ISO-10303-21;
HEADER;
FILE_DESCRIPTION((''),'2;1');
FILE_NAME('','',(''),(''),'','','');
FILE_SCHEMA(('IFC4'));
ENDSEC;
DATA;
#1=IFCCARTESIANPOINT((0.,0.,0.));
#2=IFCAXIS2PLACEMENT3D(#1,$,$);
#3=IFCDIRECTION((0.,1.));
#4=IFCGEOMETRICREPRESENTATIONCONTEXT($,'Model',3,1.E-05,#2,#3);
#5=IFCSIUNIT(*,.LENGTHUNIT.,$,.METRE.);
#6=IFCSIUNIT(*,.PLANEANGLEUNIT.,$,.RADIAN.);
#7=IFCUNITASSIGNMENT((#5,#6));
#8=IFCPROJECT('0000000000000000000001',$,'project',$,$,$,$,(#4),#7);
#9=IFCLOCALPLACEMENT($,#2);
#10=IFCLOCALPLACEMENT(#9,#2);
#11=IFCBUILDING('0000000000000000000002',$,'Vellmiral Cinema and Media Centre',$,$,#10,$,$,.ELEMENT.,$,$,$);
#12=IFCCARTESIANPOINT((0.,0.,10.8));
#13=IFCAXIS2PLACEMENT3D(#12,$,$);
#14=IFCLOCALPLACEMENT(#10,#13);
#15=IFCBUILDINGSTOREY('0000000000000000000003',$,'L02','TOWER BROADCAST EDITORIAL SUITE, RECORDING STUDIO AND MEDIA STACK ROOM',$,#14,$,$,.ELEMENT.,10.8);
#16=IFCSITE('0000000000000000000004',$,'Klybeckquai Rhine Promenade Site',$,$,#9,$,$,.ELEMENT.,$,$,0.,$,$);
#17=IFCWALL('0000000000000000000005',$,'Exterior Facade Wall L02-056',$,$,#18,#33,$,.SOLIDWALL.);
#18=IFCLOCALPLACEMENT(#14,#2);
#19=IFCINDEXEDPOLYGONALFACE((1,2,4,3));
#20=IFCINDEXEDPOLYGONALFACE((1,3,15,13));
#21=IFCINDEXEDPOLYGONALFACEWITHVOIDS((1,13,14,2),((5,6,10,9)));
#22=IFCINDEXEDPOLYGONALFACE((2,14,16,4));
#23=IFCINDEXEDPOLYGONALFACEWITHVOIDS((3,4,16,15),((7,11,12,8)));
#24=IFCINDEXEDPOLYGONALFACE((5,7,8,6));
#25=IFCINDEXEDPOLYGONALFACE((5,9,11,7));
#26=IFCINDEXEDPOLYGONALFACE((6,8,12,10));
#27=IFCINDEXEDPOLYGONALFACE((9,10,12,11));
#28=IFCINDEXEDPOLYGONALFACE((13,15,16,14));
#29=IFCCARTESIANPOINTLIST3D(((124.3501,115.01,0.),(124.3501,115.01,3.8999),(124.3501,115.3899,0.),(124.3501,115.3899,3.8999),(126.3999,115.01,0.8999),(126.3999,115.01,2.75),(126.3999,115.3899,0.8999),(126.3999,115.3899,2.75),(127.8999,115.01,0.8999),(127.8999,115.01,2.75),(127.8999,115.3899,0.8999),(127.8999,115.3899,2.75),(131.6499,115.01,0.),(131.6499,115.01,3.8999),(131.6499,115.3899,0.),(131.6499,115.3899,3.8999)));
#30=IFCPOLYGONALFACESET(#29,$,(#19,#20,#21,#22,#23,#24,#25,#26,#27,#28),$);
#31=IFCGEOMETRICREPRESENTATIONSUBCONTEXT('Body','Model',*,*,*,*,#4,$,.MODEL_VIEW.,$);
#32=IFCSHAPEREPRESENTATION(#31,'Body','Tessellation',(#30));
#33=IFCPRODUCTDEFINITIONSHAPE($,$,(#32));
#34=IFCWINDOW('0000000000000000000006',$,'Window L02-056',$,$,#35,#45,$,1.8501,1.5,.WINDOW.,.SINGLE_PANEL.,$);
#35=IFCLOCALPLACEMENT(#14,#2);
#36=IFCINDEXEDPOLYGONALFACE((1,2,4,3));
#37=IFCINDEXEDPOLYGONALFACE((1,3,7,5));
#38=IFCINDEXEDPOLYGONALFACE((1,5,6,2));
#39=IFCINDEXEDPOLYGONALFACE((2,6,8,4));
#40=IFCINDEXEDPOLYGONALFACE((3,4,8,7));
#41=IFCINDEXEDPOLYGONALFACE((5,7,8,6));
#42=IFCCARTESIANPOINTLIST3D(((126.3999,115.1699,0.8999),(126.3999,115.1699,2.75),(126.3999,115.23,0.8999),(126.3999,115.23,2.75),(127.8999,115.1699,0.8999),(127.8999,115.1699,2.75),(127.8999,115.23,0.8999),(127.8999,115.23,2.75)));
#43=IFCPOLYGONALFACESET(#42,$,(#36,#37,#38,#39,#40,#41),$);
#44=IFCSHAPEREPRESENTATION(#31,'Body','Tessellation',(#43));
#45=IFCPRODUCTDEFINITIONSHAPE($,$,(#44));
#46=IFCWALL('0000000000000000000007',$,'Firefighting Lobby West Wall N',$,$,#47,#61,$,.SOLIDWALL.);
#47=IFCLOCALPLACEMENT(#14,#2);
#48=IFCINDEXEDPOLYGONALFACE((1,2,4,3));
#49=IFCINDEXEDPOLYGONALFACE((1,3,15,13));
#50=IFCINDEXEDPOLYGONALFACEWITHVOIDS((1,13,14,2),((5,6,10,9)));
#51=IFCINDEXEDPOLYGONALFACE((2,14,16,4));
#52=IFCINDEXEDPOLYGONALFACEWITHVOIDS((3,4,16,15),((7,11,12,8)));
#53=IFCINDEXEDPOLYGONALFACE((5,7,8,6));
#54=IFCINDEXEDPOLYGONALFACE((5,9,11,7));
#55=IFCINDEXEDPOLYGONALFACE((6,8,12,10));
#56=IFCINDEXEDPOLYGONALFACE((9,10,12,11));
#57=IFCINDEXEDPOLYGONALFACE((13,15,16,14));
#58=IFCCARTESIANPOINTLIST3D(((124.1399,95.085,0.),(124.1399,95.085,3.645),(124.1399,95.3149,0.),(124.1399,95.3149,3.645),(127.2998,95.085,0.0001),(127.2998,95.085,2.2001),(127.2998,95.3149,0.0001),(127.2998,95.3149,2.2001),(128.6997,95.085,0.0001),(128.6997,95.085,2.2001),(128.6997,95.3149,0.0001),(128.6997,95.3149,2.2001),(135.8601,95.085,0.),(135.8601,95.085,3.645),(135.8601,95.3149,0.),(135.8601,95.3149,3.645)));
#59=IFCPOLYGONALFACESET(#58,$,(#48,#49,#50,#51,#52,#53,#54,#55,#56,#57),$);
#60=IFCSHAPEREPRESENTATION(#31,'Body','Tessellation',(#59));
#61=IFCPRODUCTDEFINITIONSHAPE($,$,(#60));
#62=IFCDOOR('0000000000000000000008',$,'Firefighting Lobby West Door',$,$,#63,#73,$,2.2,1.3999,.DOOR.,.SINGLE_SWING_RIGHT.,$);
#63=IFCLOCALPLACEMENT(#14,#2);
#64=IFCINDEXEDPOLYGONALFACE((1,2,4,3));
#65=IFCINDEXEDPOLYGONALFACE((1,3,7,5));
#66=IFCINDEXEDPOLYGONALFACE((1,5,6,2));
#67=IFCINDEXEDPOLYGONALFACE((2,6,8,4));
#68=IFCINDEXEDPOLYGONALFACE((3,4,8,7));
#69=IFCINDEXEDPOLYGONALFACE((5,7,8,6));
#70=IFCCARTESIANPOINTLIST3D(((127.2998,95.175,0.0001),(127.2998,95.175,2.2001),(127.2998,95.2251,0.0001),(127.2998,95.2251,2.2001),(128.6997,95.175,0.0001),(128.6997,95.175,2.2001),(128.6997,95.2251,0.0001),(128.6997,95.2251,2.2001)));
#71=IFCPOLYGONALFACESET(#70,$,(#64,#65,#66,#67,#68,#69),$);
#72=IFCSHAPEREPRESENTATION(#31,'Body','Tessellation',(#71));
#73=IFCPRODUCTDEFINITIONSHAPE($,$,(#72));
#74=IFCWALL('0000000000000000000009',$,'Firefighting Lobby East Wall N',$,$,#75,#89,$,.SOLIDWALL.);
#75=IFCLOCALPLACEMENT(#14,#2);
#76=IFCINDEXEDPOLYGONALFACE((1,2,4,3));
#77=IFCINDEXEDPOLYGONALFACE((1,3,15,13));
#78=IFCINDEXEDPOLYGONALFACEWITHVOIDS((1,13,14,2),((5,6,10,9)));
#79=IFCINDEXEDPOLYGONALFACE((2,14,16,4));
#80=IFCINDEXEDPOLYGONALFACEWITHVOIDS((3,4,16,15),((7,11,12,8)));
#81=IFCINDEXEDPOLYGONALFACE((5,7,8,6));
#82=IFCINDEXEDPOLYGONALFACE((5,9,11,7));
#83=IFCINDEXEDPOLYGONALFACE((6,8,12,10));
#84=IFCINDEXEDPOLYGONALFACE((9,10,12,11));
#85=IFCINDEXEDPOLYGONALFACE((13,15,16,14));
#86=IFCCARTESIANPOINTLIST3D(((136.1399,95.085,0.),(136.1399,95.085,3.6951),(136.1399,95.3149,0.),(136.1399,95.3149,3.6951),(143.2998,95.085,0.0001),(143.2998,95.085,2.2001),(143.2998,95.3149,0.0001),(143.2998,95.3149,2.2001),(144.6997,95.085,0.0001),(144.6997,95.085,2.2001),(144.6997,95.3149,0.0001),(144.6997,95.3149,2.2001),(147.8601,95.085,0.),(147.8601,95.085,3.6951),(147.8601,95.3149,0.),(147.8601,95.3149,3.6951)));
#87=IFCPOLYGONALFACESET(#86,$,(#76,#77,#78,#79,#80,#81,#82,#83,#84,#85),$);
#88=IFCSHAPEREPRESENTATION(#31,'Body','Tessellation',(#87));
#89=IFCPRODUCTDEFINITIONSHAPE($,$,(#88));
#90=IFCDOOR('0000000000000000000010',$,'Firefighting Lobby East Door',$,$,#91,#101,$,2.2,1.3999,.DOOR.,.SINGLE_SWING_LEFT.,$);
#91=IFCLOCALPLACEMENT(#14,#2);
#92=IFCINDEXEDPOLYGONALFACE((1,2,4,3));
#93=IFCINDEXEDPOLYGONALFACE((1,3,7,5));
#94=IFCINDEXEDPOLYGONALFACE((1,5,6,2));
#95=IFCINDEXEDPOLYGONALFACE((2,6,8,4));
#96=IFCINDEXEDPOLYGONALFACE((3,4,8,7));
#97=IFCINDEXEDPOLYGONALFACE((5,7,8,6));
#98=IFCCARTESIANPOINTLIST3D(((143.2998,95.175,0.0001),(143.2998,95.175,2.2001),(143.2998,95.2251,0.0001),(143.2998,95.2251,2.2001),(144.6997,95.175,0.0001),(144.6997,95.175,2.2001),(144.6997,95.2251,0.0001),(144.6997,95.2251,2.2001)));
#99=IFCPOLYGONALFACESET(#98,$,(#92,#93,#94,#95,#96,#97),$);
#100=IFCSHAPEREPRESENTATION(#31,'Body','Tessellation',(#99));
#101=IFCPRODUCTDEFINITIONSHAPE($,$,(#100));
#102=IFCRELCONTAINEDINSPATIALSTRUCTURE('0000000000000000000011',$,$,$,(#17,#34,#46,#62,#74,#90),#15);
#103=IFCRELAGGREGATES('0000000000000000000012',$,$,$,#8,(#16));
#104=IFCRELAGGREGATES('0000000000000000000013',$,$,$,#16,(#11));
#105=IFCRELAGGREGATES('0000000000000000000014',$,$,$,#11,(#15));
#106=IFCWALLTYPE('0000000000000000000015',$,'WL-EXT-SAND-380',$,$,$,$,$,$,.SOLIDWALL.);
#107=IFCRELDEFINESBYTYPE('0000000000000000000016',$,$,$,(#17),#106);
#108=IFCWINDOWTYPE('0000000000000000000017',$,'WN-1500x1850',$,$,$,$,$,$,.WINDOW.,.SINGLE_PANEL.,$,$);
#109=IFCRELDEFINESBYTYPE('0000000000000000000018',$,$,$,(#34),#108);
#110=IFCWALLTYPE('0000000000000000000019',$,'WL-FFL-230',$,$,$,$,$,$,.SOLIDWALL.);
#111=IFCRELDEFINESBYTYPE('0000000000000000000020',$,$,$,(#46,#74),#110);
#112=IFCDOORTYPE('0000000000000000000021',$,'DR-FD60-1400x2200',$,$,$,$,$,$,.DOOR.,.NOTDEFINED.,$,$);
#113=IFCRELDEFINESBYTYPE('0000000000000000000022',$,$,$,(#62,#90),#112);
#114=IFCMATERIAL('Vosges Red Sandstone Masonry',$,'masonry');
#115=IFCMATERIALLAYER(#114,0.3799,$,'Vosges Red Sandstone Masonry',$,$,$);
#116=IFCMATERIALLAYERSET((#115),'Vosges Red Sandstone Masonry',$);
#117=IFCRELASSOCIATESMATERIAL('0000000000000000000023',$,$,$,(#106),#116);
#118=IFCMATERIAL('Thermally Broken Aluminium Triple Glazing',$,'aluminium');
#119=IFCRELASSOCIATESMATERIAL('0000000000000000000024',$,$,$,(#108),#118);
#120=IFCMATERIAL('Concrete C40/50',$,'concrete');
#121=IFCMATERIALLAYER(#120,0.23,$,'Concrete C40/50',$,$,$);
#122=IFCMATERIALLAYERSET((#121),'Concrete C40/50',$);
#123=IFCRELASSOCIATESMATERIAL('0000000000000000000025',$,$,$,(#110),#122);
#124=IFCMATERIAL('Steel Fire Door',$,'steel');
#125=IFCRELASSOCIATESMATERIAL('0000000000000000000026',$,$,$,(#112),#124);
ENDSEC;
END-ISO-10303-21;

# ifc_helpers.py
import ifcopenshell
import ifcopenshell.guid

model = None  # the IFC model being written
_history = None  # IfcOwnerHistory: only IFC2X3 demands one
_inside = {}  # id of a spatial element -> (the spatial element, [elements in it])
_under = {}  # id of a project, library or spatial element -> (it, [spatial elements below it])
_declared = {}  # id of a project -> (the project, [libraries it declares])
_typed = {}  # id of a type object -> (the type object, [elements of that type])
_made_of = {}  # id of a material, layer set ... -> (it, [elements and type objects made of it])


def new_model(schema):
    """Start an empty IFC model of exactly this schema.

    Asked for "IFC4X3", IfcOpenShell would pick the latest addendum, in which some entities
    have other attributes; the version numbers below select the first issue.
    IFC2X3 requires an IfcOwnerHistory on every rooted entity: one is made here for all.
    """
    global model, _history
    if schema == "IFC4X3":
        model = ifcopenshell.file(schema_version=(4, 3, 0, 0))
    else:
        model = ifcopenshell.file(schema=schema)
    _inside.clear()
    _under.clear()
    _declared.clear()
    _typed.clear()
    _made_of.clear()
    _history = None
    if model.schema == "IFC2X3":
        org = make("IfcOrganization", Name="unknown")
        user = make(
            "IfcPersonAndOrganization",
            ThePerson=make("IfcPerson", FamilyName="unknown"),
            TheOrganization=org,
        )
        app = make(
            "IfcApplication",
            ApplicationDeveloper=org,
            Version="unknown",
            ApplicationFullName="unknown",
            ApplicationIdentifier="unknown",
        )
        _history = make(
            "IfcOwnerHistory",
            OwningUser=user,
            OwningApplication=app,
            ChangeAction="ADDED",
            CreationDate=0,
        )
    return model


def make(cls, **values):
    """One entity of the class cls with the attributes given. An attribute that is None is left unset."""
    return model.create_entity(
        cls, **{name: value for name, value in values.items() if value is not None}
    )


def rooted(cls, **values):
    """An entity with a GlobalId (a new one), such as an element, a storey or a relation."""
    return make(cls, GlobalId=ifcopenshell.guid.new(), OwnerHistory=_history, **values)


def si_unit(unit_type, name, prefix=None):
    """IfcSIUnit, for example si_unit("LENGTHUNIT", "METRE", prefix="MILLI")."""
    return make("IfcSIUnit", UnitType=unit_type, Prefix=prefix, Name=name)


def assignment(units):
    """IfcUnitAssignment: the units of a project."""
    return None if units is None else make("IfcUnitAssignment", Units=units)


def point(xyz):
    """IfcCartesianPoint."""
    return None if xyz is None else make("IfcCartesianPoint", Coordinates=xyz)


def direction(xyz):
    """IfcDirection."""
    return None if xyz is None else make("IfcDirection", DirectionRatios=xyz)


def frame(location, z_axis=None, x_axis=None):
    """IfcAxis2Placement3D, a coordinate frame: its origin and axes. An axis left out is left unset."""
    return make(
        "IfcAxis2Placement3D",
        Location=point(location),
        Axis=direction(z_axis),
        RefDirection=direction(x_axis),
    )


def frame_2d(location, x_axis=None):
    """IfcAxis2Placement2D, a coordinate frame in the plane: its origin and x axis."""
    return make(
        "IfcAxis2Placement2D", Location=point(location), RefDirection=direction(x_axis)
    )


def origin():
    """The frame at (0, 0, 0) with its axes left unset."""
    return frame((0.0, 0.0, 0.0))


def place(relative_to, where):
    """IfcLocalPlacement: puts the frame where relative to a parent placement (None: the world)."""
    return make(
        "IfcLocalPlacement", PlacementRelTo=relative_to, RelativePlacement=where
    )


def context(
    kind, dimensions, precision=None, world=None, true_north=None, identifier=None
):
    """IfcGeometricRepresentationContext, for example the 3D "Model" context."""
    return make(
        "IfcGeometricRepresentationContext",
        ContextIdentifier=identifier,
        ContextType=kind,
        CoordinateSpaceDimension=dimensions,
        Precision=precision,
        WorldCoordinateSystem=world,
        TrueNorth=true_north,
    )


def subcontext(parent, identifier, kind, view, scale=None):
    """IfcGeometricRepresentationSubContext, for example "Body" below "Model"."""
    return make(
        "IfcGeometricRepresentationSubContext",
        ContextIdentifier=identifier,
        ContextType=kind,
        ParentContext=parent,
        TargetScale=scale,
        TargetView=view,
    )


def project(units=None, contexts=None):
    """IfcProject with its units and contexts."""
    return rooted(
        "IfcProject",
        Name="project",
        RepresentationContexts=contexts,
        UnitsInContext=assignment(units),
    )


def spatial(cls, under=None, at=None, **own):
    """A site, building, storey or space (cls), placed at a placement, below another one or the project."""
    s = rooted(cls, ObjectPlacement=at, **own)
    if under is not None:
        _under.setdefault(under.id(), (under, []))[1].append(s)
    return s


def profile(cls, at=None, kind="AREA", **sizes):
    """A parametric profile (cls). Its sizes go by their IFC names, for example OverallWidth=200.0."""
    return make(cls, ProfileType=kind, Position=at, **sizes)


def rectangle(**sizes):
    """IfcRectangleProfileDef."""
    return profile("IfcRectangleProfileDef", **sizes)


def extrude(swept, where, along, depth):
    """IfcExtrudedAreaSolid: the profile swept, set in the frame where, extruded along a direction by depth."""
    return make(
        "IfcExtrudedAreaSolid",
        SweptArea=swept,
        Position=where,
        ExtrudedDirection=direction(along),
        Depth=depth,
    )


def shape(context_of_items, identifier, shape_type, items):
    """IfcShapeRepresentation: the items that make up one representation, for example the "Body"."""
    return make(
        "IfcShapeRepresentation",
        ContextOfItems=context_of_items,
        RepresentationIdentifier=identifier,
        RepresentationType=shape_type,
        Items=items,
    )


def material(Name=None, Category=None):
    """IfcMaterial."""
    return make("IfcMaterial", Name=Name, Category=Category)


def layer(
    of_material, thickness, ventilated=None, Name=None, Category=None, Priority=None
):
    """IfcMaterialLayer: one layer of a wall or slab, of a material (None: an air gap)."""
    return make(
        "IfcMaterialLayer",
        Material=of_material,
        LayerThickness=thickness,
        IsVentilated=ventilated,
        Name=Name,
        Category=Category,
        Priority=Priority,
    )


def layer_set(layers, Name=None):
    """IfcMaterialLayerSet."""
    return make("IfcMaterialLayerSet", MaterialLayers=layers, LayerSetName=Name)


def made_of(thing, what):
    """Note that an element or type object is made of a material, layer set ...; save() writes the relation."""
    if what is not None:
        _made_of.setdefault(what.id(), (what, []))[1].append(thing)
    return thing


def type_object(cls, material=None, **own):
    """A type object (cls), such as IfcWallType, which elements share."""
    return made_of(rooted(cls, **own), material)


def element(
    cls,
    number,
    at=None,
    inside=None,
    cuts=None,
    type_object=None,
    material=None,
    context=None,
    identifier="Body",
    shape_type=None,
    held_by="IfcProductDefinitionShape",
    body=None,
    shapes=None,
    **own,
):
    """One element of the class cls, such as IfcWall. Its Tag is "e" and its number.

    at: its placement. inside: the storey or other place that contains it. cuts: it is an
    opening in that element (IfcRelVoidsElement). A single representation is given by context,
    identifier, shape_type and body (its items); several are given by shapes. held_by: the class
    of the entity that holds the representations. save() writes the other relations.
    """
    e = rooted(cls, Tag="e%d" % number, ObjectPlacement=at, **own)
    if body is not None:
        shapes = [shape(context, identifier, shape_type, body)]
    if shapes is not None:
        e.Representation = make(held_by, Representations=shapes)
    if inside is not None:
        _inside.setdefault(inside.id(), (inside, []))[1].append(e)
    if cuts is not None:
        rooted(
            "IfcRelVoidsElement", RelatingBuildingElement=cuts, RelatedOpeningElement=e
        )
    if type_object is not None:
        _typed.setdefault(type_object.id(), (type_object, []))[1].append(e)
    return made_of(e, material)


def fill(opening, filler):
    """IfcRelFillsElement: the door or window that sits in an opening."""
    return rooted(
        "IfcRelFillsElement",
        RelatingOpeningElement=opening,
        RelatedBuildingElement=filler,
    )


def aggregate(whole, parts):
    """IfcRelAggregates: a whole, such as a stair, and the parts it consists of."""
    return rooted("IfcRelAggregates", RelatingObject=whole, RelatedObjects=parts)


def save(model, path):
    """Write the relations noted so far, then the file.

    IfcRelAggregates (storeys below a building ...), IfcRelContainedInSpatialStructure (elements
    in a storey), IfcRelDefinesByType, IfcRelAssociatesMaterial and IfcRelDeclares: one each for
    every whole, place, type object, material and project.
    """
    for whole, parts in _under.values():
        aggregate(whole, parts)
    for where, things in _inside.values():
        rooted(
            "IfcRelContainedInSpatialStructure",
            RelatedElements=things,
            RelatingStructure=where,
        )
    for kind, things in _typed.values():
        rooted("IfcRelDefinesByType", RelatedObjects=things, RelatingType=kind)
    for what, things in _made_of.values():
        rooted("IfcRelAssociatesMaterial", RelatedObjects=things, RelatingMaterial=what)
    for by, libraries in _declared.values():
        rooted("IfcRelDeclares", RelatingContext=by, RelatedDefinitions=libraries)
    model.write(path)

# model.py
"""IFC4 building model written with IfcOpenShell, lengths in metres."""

from ifc_helpers import new_model, si_unit, direction, frame, frame_2d, origin, place, context, subcontext, project, spatial, rectangle, extrude, material, layer, layer_set, type_object, element, fill, save


model = new_model("IFC4")

# Units and contexts
model_context = context("Model", 3, precision=1e-05, world=origin(), true_north=direction((0.0, 1.0)))
body_context = subcontext(model_context, "Body", "Model", "MODEL_VIEW")
ifc_project = project(units=[si_unit("LENGTHUNIT", "METRE"), si_unit("PLANEANGLEUNIT", "RADIAN")], contexts=[model_context])

# Site, building, storey
site_placement = place(None, origin())
site = spatial("IfcSite", under=ifc_project, at=site_placement, Name="Klybeckquai Rhine Promenade Site", CompositionType="ELEMENT", RefElevation=0.0)
building_placement = place(site_placement, origin())
building = spatial("IfcBuilding", under=site, at=building_placement, Name="Vellmiral Cinema and Media Centre", CompositionType="ELEMENT")
storey_placement = place(building_placement, frame((0.0, 0.0, 10.8)))
storey = spatial("IfcBuildingStorey", under=building, at=storey_placement, Name="L02", Description="TOWER BROADCAST EDITORIAL SUITE, RECORDING STUDIO AND MEDIA STACK ROOM", CompositionType="ELEMENT", Elevation=10.8)

# Wall, opening, window
ifc_material_1 = material(Name="Vosges Red Sandstone Masonry", Category="masonry")
ifc_layer_1 = layer(ifc_material_1, 0.3799, Name="Vosges Red Sandstone Masonry")
ifc_layer_set_1 = layer_set([ifc_layer_1], Name="Vosges Red Sandstone Masonry")
wall_type_1 = type_object("IfcWallType", Name="WL-EXT-SAND-380", PredefinedType="SOLIDWALL", material=ifc_layer_set_1)
wall_1_placement = place(storey_placement, frame((131.6499, 115.2, 0.0), z_axis=(0.0, 0.0, 1.0), x_axis=(-1.0, 0.0, 0.0)))
wall_1 = element("IfcWall", 1, at=wall_1_placement, inside=storey, type_object=wall_type_1, Name="Exterior Facade Wall L02-056", PredefinedType="SOLIDWALL", context=body_context, shape_type="SweptSolid", body=[
    extrude(rectangle(XDim=7.2998, YDim=0.3799, at=frame_2d((3.6499, 0.0))), origin(), (0.0, 0.0, 1.0), 3.8999),
])
opening_1_placement = place(wall_1_placement, frame((3.75, 0.0, 0.8999)))
opening_1 = element("IfcOpeningElement", 2, at=opening_1_placement, cuts=wall_1, PredefinedType="OPENING", context=body_context, shape_type="SweptSolid", body=[
    extrude(rectangle(XDim=1.5, YDim=1.8501, at=frame_2d((0.75, 0.925))), frame((0.0, 0.2019, 0.0), z_axis=(0.0, -1.0, 0.0), x_axis=(1.0, 0.0, 0.0)), (0.0, 0.0, 1.0), 0.4038),
])
ifc_material_2 = material(Name="Thermally Broken Aluminium Triple Glazing", Category="aluminium")
window_type = type_object("IfcWindowType", Name="WN-1500x1850", PartitioningType="SINGLE_PANEL", PredefinedType="WINDOW", material=ifc_material_2)
window_placement = place(opening_1_placement, origin())
window = element("IfcWindow", 3, at=window_placement, inside=storey, type_object=window_type, Name="Window L02-056", OverallHeight=1.8501, OverallWidth=1.5, PartitioningType="SINGLE_PANEL", PredefinedType="WINDOW", context=body_context, shape_type="SweptSolid", body=[
    extrude(rectangle(XDim=1.5, YDim=1.8501, at=frame_2d((0.75, 0.925))), frame((0.0, 0.03, 0.0), z_axis=(0.0, -1.0, 0.0), x_axis=(1.0, 0.0, 0.0)), (0.0, 0.0, 1.0), 0.0601),
])
fill(opening_1, window)

# Walls, openings, doors
ifc_material_3 = material(Name="Concrete C40/50", Category="concrete")
ifc_layer_2 = layer(ifc_material_3, 0.23, Name="Concrete C40/50")
ifc_layer_set_2 = layer_set([ifc_layer_2], Name="Concrete C40/50")
wall_type_2 = type_object("IfcWallType", Name="WL-FFL-230", PredefinedType="SOLIDWALL", material=ifc_layer_set_2)
wall_2_placement = place(storey_placement, frame((124.1399, 95.2, 0.0), z_axis=(0.0, 0.0, 1.0), x_axis=(1.0, 0.0, 0.0)))
wall_2 = element("IfcWall", 4, at=wall_2_placement, inside=storey, type_object=wall_type_2, Name="Firefighting Lobby West Wall N", PredefinedType="SOLIDWALL", context=body_context, shape_type="SweptSolid", body=[
    extrude(rectangle(XDim=11.7202, YDim=0.23, at=frame_2d((5.8601, 0.0))), origin(), (0.0, 0.0, 1.0), 3.645),
])
opening_2_placement = place(wall_2_placement, frame((3.1599, 0.0, 0.0)))
opening_2 = element("IfcOpeningElement", 5, at=opening_2_placement, cuts=wall_2, PredefinedType="OPENING", context=body_context, shape_type="SweptSolid", body=[
    extrude(rectangle(XDim=1.3999, YDim=2.2, at=frame_2d((0.7, 1.1001))), frame((0.0, 0.127, 0.0), z_axis=(0.0, -1.0, 0.0), x_axis=(1.0, 0.0, 0.0)), (0.0, 0.0, 1.0), 0.2539),
])
ifc_material_4 = material(Name="Steel Fire Door", Category="steel")
door_type = type_object("IfcDoorType", Name="DR-FD60-1400x2200", OperationType="NOTDEFINED", PredefinedType="DOOR", material=ifc_material_4)
door_1_placement = place(opening_2_placement, frame((1.3999, 0.0, 0.0), z_axis=(0.0, 0.0, 1.0), x_axis=(-1.0, 0.0, 0.0)))
door_1 = element("IfcDoor", 6, at=door_1_placement, inside=storey, type_object=door_type, Name="Firefighting Lobby West Door", OperationType="SINGLE_SWING_RIGHT", OverallHeight=2.2, OverallWidth=1.3999, PredefinedType="DOOR", context=body_context, shape_type="SweptSolid", body=[
    extrude(rectangle(XDim=1.3999, YDim=2.2, at=frame_2d((0.7, 1.1001))), frame((0.0, 0.0249, 0.0), z_axis=(0.0, -1.0, 0.0), x_axis=(1.0, 0.0, 0.0)), (0.0, 0.0, 1.0), 0.05),
])
fill(opening_2, door_1)
wall_3_placement = place(storey_placement, frame((136.1399, 95.2, 0.0), z_axis=(0.0, 0.0, 1.0), x_axis=(1.0, 0.0, 0.0)))
wall_3 = element("IfcWall", 7, at=wall_3_placement, inside=storey, type_object=wall_type_2, Name="Firefighting Lobby East Wall N", PredefinedType="SOLIDWALL", context=body_context, shape_type="SweptSolid", body=[
    extrude(rectangle(XDim=11.7202, YDim=0.23, at=frame_2d((5.8601, 0.0))), origin(), (0.0, 0.0, 1.0), 3.6951),
])
opening_3_placement = place(wall_3_placement, frame((7.1599, 0.0, 0.0)))
opening_3 = element("IfcOpeningElement", 8, at=opening_3_placement, cuts=wall_3, PredefinedType="OPENING", context=body_context, shape_type="SweptSolid", body=[
    extrude(rectangle(XDim=1.3999, YDim=2.2, at=frame_2d((0.7, 1.1001))), frame((0.0, 0.127, 0.0), z_axis=(0.0, -1.0, 0.0), x_axis=(1.0, 0.0, 0.0)), (0.0, 0.0, 1.0), 0.2539),
])
door_2_placement = place(opening_3_placement, frame((1.3999, 0.0, 0.0), z_axis=(0.0, 0.0, 1.0), x_axis=(-1.0, 0.0, 0.0)))
door_2 = element("IfcDoor", 9, at=door_2_placement, inside=storey, type_object=door_type, Name="Firefighting Lobby East Door", OperationType="SINGLE_SWING_LEFT", OverallHeight=2.2, OverallWidth=1.3999, PredefinedType="DOOR", context=body_context, shape_type="SweptSolid", body=[
    extrude(rectangle(XDim=1.3999, YDim=2.2, at=frame_2d((0.7, 1.1001))), frame((0.0, 0.0249, 0.0), z_axis=(0.0, -1.0, 0.0), x_axis=(1.0, 0.0, 0.0)), (0.0, 0.0, 1.0), 0.05),
])
fill(opening_3, door_2)

save(model, "model.ifc")
